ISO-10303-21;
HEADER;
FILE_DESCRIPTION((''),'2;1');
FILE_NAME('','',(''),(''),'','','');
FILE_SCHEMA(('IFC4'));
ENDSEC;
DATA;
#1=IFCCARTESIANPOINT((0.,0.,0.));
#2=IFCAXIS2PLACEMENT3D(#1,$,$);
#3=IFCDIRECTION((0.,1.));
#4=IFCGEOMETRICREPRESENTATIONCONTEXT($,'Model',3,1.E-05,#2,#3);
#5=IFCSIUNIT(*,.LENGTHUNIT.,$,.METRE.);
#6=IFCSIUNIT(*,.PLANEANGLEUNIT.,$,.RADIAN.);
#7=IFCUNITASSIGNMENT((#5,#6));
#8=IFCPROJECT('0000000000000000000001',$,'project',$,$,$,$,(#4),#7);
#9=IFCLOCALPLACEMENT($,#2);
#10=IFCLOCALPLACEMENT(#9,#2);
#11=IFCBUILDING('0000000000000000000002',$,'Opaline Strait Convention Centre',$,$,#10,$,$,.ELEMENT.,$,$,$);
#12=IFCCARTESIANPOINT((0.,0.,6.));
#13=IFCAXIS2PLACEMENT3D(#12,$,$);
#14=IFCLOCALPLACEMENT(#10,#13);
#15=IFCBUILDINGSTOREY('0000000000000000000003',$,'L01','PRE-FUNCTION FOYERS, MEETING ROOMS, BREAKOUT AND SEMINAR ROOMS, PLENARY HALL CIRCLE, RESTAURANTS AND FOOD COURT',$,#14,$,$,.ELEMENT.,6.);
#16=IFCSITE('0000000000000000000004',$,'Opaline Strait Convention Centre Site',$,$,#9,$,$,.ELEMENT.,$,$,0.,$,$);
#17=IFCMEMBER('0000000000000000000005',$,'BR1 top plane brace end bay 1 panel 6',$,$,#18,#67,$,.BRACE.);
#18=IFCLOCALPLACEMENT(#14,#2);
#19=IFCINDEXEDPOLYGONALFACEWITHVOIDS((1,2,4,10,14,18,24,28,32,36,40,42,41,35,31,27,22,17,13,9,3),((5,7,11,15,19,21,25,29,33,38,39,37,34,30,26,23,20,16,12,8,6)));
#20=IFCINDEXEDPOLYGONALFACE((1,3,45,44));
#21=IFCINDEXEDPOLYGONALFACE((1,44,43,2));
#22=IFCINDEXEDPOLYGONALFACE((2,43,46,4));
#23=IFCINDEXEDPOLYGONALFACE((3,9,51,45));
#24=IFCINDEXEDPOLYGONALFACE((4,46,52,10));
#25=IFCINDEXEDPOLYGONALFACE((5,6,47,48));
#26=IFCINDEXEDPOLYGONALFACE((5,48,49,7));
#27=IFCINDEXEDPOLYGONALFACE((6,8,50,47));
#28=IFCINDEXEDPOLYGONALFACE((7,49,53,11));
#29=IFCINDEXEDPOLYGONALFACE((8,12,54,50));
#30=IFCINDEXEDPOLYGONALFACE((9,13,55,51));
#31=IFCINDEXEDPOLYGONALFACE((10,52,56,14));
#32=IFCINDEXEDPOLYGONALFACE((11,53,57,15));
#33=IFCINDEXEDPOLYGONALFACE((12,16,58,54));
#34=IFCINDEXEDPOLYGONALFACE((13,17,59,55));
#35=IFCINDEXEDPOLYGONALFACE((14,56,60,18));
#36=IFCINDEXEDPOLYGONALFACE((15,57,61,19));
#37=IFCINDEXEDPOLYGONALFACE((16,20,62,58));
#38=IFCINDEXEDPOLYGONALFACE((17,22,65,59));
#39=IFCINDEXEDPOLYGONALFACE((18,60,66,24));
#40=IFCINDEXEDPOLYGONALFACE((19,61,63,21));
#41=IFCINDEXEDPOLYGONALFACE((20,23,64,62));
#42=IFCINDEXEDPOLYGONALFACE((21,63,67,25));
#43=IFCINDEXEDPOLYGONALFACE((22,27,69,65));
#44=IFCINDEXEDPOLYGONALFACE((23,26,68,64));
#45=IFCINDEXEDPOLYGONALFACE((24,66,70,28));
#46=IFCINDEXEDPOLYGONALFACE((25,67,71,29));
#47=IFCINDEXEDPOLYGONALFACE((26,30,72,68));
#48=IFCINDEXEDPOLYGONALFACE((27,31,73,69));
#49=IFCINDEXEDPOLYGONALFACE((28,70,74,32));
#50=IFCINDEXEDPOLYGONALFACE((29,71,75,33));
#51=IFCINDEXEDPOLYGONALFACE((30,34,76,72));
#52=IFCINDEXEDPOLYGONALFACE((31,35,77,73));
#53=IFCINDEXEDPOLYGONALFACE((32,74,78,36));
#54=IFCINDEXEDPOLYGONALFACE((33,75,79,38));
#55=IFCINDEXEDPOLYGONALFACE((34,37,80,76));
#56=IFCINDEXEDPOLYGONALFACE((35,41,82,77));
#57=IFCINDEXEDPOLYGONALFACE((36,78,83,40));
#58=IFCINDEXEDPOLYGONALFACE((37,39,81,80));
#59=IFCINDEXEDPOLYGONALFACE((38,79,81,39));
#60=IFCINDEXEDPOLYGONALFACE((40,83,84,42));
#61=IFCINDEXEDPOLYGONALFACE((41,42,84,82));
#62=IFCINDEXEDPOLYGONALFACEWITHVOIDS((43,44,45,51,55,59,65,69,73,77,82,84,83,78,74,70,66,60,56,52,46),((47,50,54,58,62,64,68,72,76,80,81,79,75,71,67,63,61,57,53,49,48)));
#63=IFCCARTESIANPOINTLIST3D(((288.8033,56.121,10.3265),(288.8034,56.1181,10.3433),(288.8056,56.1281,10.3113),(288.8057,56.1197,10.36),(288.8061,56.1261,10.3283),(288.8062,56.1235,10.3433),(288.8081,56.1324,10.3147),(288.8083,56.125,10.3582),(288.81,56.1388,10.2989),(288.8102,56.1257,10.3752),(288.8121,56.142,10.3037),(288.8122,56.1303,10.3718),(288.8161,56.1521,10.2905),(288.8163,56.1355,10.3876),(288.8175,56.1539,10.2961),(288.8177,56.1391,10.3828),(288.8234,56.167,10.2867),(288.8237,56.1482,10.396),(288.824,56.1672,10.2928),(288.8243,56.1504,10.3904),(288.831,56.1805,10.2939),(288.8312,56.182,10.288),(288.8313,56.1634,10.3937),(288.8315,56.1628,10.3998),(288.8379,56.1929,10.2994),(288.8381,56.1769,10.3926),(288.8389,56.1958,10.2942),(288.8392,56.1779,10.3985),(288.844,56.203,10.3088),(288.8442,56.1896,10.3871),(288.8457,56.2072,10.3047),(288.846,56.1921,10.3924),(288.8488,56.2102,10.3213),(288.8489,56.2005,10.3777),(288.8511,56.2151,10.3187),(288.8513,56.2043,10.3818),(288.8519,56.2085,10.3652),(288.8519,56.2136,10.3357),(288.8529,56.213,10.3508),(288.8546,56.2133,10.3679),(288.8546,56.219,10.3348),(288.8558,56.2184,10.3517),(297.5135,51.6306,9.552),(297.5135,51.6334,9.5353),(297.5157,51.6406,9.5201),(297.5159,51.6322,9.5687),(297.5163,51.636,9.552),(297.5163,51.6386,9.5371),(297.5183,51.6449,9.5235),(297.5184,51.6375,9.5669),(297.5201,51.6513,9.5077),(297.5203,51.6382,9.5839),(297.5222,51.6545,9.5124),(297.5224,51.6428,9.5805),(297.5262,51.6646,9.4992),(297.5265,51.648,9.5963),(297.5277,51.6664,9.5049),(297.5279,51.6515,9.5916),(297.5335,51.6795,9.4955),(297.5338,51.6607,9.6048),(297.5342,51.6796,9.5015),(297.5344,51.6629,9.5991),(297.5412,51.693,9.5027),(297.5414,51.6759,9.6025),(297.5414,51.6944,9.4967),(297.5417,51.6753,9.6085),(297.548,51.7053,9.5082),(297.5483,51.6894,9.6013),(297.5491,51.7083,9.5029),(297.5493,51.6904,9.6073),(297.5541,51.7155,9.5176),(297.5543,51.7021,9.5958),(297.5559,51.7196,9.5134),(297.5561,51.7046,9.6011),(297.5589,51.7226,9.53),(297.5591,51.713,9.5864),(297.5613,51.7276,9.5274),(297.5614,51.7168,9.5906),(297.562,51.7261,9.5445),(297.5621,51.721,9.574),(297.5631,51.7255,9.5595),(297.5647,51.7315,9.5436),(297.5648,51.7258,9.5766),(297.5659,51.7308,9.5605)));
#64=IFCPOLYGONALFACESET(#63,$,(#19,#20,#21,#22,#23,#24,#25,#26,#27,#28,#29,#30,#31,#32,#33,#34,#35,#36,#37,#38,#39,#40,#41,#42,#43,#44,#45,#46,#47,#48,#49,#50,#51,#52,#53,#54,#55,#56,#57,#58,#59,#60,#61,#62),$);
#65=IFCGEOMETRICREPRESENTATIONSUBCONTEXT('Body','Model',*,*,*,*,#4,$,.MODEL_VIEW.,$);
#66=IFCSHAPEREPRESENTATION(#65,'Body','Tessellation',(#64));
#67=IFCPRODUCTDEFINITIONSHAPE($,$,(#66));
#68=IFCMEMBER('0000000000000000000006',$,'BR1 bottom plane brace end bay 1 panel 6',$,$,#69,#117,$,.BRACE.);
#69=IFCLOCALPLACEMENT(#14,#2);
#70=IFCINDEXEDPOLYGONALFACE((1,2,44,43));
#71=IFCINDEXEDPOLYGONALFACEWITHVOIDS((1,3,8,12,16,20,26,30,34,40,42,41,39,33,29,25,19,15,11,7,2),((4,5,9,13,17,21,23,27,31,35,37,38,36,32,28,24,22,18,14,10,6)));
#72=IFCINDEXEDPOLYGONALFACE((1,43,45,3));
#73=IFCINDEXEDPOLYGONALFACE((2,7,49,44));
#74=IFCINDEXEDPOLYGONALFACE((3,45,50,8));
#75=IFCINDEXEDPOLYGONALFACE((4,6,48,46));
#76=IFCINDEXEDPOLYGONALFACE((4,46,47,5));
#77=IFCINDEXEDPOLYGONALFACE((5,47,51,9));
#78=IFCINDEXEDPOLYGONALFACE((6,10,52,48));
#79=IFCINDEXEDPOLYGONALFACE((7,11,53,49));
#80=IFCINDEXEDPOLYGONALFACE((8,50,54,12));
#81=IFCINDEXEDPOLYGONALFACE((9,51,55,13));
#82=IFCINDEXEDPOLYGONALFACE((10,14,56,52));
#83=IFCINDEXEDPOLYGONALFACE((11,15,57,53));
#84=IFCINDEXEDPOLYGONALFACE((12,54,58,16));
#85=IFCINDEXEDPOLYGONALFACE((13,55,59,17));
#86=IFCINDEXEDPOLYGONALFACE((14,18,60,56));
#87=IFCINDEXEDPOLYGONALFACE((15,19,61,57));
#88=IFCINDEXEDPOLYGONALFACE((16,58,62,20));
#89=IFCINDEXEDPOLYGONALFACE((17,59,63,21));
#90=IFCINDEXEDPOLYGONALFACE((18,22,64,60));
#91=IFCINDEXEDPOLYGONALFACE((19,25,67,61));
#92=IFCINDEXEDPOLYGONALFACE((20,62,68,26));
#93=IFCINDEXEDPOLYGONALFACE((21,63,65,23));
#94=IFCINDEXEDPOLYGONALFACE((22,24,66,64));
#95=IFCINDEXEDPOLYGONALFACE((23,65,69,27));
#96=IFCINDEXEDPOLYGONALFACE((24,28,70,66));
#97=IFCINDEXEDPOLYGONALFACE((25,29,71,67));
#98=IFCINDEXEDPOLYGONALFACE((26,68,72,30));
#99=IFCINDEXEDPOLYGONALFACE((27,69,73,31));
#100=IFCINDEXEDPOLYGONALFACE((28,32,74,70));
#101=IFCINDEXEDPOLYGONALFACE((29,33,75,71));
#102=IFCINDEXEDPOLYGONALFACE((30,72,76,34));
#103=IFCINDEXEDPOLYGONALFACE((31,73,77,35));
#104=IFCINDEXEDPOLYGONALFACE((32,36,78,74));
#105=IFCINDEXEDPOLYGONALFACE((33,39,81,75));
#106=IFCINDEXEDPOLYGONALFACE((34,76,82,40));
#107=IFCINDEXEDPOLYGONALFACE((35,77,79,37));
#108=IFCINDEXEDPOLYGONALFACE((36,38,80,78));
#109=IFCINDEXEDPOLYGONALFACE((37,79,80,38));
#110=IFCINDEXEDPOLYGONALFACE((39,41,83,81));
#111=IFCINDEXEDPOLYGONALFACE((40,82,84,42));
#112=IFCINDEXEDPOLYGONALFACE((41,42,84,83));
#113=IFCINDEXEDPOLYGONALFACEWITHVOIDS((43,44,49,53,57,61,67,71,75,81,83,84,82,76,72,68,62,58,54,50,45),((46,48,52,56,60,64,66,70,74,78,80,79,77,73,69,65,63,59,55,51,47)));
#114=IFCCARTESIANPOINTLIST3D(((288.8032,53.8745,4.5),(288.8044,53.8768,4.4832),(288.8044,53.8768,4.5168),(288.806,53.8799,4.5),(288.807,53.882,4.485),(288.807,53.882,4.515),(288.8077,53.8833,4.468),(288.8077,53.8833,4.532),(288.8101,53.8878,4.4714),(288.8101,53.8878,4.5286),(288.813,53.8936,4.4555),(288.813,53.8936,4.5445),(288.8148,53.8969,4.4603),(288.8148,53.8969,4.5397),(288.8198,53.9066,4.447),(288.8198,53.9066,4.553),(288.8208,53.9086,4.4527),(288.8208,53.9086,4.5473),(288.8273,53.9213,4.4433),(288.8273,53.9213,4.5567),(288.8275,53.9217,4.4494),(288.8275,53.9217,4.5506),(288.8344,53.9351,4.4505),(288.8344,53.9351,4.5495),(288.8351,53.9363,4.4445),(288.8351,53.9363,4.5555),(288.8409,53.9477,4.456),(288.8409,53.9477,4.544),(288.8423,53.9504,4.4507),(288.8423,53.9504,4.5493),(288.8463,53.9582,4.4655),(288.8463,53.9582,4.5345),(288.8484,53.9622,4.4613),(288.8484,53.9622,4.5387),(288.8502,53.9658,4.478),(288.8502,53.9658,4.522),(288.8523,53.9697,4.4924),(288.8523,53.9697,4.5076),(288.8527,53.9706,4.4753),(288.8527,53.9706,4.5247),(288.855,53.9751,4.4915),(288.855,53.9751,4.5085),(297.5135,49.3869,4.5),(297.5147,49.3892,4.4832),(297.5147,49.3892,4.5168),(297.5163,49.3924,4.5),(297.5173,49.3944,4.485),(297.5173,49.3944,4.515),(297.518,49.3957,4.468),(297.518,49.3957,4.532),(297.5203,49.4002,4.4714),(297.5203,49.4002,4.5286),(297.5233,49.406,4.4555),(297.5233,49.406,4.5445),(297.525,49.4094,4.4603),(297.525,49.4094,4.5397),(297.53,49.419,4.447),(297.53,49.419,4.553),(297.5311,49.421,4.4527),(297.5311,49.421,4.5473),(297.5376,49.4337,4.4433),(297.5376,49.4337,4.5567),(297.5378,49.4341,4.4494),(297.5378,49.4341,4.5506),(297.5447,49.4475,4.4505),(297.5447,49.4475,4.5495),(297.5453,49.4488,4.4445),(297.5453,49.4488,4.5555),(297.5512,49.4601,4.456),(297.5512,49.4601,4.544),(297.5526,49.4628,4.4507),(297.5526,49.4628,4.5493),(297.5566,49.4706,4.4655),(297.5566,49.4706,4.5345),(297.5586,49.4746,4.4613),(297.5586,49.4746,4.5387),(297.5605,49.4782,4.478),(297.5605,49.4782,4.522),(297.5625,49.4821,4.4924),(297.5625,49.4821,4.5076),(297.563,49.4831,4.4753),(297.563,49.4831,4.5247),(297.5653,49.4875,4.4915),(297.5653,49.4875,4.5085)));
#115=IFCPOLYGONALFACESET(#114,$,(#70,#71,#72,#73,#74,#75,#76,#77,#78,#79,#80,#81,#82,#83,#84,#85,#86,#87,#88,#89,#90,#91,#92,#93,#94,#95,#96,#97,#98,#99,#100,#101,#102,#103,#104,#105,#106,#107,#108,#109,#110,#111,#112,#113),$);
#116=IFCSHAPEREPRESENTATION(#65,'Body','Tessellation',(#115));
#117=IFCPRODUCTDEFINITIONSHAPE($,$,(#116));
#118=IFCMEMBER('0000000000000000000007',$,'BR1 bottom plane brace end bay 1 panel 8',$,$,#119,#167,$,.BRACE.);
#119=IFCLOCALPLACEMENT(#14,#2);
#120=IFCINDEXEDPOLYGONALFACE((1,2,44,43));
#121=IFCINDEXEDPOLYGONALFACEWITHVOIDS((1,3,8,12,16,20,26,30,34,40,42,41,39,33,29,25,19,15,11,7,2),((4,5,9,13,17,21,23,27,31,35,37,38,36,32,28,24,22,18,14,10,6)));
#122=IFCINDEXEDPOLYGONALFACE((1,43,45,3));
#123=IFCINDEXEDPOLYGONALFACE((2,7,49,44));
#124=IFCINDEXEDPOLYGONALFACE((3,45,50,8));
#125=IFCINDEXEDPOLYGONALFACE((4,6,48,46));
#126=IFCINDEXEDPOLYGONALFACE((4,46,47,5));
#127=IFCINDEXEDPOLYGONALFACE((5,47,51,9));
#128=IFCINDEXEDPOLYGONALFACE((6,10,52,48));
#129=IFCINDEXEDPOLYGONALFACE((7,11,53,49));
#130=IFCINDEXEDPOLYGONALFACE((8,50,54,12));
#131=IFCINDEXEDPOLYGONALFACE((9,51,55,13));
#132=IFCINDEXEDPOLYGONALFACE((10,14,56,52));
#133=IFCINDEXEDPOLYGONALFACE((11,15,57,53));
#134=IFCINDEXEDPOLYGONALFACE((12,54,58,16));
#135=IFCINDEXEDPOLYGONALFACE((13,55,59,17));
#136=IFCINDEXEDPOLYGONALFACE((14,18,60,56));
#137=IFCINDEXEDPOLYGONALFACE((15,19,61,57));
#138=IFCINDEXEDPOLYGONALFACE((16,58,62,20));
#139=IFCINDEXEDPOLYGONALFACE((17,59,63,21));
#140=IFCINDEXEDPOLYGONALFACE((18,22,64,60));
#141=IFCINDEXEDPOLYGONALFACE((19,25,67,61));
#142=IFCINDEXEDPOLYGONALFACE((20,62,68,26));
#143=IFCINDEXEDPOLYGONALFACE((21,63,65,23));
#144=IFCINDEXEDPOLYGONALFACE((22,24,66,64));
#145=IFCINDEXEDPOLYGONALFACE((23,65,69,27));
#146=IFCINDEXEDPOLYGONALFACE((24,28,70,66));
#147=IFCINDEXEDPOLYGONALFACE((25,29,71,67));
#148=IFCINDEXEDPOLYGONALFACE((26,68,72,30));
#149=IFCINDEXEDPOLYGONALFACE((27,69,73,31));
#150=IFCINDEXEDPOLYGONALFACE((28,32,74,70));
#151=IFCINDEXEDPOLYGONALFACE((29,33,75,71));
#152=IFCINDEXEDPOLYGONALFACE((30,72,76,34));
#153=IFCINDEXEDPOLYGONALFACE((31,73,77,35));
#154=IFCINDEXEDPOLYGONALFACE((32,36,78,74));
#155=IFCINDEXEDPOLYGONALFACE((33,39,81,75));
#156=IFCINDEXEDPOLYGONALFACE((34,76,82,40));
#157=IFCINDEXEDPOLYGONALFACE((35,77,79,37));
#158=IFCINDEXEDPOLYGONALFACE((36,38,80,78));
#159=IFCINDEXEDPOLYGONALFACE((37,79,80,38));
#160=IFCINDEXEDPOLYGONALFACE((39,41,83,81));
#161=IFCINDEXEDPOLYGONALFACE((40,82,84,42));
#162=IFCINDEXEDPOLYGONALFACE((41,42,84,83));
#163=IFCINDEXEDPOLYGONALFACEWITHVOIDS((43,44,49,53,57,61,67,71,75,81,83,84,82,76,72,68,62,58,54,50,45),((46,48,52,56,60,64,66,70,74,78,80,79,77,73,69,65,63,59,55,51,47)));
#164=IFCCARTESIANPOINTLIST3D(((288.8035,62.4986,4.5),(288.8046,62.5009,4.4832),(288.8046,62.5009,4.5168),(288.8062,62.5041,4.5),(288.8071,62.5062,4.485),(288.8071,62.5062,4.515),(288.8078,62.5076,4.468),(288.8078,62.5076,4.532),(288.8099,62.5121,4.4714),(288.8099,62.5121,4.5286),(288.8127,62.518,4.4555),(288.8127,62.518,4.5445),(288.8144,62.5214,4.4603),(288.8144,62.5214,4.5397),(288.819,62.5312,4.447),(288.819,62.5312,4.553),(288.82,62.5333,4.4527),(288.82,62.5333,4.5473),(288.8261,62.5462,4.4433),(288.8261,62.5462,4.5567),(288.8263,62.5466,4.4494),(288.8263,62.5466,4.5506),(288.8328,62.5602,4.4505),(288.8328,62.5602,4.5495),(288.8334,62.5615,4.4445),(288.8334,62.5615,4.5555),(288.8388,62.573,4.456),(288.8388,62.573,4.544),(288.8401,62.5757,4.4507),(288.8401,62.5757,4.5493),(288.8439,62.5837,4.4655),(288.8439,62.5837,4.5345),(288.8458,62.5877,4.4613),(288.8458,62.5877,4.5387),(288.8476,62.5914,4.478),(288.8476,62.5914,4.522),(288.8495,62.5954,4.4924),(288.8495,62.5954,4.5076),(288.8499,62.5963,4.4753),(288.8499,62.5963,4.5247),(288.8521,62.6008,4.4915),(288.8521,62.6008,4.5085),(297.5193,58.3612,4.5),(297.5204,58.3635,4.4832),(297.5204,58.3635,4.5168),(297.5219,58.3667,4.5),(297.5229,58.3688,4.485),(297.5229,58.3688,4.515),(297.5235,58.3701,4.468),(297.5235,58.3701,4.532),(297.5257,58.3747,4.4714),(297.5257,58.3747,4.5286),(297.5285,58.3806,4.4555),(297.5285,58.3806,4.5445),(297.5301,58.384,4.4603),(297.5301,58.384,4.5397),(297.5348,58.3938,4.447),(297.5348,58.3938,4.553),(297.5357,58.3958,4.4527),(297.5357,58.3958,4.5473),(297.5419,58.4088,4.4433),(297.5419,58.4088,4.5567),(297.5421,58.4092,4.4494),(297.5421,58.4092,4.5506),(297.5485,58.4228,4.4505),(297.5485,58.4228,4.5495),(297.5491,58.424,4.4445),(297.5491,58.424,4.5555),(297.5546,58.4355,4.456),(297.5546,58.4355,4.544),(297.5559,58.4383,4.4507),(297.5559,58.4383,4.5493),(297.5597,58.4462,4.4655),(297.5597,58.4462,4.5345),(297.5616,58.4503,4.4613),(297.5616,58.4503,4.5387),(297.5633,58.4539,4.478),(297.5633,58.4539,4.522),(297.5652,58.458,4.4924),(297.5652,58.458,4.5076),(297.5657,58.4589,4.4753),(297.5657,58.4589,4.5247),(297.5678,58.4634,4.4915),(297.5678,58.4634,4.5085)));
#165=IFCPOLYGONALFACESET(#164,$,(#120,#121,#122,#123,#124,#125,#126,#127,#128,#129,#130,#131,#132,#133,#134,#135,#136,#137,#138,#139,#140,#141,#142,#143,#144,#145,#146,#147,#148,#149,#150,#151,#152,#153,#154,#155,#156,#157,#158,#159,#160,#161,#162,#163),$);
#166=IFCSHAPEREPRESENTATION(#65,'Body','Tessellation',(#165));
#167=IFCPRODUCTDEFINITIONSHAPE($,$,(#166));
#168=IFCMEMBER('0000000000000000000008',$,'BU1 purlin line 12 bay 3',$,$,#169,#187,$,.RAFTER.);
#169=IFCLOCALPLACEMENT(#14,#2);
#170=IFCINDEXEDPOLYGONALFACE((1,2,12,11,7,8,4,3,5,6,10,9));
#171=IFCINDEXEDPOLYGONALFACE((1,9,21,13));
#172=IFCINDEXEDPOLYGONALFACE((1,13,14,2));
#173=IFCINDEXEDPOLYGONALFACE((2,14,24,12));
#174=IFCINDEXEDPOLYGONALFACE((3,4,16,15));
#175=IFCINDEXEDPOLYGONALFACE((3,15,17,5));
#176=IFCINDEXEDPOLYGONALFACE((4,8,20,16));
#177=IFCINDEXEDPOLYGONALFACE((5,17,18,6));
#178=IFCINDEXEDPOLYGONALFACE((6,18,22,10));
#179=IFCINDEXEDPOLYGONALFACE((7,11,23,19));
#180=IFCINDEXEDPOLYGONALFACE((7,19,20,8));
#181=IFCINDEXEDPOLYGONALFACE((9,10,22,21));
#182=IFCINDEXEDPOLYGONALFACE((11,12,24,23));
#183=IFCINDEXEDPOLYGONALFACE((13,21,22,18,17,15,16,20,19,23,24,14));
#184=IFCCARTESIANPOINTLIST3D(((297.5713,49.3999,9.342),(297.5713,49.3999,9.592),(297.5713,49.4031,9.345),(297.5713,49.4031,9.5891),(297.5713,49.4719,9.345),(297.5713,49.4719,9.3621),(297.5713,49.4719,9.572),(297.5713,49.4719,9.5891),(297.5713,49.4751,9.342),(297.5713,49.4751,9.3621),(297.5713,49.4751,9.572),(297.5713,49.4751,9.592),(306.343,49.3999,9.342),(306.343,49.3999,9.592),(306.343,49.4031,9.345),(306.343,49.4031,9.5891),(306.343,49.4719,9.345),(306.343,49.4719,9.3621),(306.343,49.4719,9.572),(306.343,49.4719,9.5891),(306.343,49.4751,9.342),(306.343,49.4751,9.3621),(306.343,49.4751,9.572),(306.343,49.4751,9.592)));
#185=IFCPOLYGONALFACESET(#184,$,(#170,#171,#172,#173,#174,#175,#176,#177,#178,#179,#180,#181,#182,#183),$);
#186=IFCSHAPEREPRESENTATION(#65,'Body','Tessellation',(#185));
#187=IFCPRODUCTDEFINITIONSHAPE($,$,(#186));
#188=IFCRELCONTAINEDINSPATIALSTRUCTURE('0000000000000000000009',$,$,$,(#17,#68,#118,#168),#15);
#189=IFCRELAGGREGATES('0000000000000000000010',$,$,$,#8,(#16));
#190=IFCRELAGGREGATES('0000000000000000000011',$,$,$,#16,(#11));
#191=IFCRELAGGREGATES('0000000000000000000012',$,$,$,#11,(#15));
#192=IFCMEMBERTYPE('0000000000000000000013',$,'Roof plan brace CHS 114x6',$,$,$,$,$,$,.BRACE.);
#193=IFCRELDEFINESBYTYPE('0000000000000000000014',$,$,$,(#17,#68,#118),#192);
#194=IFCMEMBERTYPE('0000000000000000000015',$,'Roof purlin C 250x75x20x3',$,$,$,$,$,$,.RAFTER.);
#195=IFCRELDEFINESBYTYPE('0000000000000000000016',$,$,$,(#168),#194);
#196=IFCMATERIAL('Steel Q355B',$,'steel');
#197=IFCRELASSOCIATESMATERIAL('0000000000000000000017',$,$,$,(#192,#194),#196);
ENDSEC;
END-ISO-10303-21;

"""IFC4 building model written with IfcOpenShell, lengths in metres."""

from ifc_helpers import new_model, si_unit, direction, frame, origin, origin_2d, place, context, subcontext, project, spatial, polyline, hollow_circle, outline, extrude, material, material_profile, profile_set, type_object, element, save


model = new_model("IFC4")

# Units and contexts
model_context = context("Model", 3, precision=1e-05, world=origin(), true_north=direction((0.0, 1.0)))
body_context = subcontext(model_context, "Body", "Model", "MODEL_VIEW")
ifc_project = project(units=[si_unit("LENGTHUNIT", "METRE"), si_unit("PLANEANGLEUNIT", "RADIAN")], contexts=[model_context])

# Site, building, storey
site_placement = place(None, origin())
site = spatial("IfcSite", under=ifc_project, at=site_placement, Name="Opaline Strait Convention Centre Site", CompositionType="ELEMENT", RefElevation=0.0)
building_placement = place(site_placement, origin())
building = spatial("IfcBuilding", under=site, at=building_placement, Name="Opaline Strait Convention Centre", CompositionType="ELEMENT")
storey_placement = place(building_placement, frame((0.0, 0.0, 6.0)))
storey = spatial("IfcBuildingStorey", under=building, at=storey_placement, Name="L01", Description="PRE-FUNCTION FOYERS, MEETING ROOMS, BREAKOUT AND SEMINAR ROOMS, PLENARY HALL CIRCLE, RESTAURANTS AND FOOD COURT", CompositionType="ELEMENT", Elevation=6.0)

# Members
ifc_material_1 = material(Name="Steel Q355B", Category="steel")
ifc_material_profile_1 = material_profile(ifc_material_1, hollow_circle(Radius=0.0569, WallThickness=0.0061, at=origin_2d()), Name="CHS 114x6")
ifc_profile_set_1 = profile_set([ifc_material_profile_1], Name="Steel Q355B")
member_type_1 = type_object("IfcMemberType", Name="Roof plan brace CHS 114x6", PredefinedType="BRACE", material=ifc_profile_set_1)
member_1_placement = place(storey_placement, frame((297.5396, 51.6812, 9.552), z_axis=(-0.88607, 0.456509, 0.080493), x_axis=(-0.457995, -0.888955, 0.0)))
element("IfcMember", 1, at=member_1_placement, inside=storey, type_object=member_type_1, Name="BR1 top plane brace end bay 1 panel 6", PredefinedType="BRACE", context=body_context, shape_type="SweptSolid", body=[
    extrude(hollow_circle(Radius=0.0569, WallThickness=0.0061, at=origin_2d()), origin(), (0.0, 0.0, 1.0), 9.8301),
])
member_2_placement = place(storey_placement, frame((297.5396, 49.4375, 4.5), z_axis=(-0.888955, 0.457995, 0.0), x_axis=(-0.457995, -0.888955, 0.0)))
element("IfcMember", 2, at=member_2_placement, inside=storey, type_object=member_type_1, Name="BR1 bottom plane brace end bay 1 panel 6", PredefinedType="BRACE", context=body_context, shape_type="SweptSolid", body=[
    extrude(hollow_circle(Radius=0.0569, WallThickness=0.0061, at=origin_2d()), origin(), (0.0, 0.0, 1.0), 9.7983),
])
member_3_placement = place(storey_placement, frame((297.5437, 58.4126, 4.5), z_axis=(-0.90338, 0.42884, 0.0), x_axis=(-0.42884, -0.90338, 0.0)))
element("IfcMember", 3, at=member_3_placement, inside=storey, type_object=member_type_1, Name="BR1 bottom plane brace end bay 1 panel 8", PredefinedType="BRACE", context=body_context, shape_type="SweptSolid", body=[
    extrude(hollow_circle(Radius=0.0569, WallThickness=0.0061, at=origin_2d()), origin(), (0.0, 0.0, 1.0), 9.6479),
])
ifc_material_profile_2 = material_profile(ifc_material_1, outline(polyline([(-0.0376, -0.125), (0.0376, -0.125), (0.0376, -0.105), (0.0344, -0.105), (0.0344, -0.1221), (-0.0344, -0.1221), (-0.0344, 0.1221), (0.0344, 0.1221), (0.0344, 0.105), (0.0376, 0.105), (0.0376, 0.125), (-0.0376, 0.125), (-0.0376, -0.125)])), Name="C 250x75x20x3")
ifc_profile_set_2 = profile_set([ifc_material_profile_2], Name="Steel Q355B")
member_type_2 = type_object("IfcMemberType", Name="Roof purlin C 250x75x20x3", PredefinedType="RAFTER", material=ifc_profile_set_2)
for number, where, z_axis, x_axis, name in (
    (4, (297.5713, 49.4375, 9.467), (1.0, 0.0, 0.0), (0.0, 1.0, 0.0), "BU1 purlin line 12 bay 3"),
):
    element("IfcMember", number, at=place(storey_placement, frame(where, z_axis=z_axis, x_axis=x_axis)), inside=storey, type_object=member_type_2, Name=name, PredefinedType="RAFTER", context=body_context, shape_type="SweptSolid", body=[
        extrude(outline(polyline([(-0.0376, -0.125), (0.0376, -0.125), (0.0376, -0.105), (0.0344, -0.105), (0.0344, -0.1221), (-0.0344, -0.1221), (-0.0344, 0.1221), (0.0344, 0.1221), (0.0344, 0.105), (0.0376, 0.105), (0.0376, 0.125), (-0.0376, 0.125), (-0.0376, -0.125)])), origin(), (0.0, 0.0, 1.0), 8.7717),
    ])

save(model, "model.ifc")
